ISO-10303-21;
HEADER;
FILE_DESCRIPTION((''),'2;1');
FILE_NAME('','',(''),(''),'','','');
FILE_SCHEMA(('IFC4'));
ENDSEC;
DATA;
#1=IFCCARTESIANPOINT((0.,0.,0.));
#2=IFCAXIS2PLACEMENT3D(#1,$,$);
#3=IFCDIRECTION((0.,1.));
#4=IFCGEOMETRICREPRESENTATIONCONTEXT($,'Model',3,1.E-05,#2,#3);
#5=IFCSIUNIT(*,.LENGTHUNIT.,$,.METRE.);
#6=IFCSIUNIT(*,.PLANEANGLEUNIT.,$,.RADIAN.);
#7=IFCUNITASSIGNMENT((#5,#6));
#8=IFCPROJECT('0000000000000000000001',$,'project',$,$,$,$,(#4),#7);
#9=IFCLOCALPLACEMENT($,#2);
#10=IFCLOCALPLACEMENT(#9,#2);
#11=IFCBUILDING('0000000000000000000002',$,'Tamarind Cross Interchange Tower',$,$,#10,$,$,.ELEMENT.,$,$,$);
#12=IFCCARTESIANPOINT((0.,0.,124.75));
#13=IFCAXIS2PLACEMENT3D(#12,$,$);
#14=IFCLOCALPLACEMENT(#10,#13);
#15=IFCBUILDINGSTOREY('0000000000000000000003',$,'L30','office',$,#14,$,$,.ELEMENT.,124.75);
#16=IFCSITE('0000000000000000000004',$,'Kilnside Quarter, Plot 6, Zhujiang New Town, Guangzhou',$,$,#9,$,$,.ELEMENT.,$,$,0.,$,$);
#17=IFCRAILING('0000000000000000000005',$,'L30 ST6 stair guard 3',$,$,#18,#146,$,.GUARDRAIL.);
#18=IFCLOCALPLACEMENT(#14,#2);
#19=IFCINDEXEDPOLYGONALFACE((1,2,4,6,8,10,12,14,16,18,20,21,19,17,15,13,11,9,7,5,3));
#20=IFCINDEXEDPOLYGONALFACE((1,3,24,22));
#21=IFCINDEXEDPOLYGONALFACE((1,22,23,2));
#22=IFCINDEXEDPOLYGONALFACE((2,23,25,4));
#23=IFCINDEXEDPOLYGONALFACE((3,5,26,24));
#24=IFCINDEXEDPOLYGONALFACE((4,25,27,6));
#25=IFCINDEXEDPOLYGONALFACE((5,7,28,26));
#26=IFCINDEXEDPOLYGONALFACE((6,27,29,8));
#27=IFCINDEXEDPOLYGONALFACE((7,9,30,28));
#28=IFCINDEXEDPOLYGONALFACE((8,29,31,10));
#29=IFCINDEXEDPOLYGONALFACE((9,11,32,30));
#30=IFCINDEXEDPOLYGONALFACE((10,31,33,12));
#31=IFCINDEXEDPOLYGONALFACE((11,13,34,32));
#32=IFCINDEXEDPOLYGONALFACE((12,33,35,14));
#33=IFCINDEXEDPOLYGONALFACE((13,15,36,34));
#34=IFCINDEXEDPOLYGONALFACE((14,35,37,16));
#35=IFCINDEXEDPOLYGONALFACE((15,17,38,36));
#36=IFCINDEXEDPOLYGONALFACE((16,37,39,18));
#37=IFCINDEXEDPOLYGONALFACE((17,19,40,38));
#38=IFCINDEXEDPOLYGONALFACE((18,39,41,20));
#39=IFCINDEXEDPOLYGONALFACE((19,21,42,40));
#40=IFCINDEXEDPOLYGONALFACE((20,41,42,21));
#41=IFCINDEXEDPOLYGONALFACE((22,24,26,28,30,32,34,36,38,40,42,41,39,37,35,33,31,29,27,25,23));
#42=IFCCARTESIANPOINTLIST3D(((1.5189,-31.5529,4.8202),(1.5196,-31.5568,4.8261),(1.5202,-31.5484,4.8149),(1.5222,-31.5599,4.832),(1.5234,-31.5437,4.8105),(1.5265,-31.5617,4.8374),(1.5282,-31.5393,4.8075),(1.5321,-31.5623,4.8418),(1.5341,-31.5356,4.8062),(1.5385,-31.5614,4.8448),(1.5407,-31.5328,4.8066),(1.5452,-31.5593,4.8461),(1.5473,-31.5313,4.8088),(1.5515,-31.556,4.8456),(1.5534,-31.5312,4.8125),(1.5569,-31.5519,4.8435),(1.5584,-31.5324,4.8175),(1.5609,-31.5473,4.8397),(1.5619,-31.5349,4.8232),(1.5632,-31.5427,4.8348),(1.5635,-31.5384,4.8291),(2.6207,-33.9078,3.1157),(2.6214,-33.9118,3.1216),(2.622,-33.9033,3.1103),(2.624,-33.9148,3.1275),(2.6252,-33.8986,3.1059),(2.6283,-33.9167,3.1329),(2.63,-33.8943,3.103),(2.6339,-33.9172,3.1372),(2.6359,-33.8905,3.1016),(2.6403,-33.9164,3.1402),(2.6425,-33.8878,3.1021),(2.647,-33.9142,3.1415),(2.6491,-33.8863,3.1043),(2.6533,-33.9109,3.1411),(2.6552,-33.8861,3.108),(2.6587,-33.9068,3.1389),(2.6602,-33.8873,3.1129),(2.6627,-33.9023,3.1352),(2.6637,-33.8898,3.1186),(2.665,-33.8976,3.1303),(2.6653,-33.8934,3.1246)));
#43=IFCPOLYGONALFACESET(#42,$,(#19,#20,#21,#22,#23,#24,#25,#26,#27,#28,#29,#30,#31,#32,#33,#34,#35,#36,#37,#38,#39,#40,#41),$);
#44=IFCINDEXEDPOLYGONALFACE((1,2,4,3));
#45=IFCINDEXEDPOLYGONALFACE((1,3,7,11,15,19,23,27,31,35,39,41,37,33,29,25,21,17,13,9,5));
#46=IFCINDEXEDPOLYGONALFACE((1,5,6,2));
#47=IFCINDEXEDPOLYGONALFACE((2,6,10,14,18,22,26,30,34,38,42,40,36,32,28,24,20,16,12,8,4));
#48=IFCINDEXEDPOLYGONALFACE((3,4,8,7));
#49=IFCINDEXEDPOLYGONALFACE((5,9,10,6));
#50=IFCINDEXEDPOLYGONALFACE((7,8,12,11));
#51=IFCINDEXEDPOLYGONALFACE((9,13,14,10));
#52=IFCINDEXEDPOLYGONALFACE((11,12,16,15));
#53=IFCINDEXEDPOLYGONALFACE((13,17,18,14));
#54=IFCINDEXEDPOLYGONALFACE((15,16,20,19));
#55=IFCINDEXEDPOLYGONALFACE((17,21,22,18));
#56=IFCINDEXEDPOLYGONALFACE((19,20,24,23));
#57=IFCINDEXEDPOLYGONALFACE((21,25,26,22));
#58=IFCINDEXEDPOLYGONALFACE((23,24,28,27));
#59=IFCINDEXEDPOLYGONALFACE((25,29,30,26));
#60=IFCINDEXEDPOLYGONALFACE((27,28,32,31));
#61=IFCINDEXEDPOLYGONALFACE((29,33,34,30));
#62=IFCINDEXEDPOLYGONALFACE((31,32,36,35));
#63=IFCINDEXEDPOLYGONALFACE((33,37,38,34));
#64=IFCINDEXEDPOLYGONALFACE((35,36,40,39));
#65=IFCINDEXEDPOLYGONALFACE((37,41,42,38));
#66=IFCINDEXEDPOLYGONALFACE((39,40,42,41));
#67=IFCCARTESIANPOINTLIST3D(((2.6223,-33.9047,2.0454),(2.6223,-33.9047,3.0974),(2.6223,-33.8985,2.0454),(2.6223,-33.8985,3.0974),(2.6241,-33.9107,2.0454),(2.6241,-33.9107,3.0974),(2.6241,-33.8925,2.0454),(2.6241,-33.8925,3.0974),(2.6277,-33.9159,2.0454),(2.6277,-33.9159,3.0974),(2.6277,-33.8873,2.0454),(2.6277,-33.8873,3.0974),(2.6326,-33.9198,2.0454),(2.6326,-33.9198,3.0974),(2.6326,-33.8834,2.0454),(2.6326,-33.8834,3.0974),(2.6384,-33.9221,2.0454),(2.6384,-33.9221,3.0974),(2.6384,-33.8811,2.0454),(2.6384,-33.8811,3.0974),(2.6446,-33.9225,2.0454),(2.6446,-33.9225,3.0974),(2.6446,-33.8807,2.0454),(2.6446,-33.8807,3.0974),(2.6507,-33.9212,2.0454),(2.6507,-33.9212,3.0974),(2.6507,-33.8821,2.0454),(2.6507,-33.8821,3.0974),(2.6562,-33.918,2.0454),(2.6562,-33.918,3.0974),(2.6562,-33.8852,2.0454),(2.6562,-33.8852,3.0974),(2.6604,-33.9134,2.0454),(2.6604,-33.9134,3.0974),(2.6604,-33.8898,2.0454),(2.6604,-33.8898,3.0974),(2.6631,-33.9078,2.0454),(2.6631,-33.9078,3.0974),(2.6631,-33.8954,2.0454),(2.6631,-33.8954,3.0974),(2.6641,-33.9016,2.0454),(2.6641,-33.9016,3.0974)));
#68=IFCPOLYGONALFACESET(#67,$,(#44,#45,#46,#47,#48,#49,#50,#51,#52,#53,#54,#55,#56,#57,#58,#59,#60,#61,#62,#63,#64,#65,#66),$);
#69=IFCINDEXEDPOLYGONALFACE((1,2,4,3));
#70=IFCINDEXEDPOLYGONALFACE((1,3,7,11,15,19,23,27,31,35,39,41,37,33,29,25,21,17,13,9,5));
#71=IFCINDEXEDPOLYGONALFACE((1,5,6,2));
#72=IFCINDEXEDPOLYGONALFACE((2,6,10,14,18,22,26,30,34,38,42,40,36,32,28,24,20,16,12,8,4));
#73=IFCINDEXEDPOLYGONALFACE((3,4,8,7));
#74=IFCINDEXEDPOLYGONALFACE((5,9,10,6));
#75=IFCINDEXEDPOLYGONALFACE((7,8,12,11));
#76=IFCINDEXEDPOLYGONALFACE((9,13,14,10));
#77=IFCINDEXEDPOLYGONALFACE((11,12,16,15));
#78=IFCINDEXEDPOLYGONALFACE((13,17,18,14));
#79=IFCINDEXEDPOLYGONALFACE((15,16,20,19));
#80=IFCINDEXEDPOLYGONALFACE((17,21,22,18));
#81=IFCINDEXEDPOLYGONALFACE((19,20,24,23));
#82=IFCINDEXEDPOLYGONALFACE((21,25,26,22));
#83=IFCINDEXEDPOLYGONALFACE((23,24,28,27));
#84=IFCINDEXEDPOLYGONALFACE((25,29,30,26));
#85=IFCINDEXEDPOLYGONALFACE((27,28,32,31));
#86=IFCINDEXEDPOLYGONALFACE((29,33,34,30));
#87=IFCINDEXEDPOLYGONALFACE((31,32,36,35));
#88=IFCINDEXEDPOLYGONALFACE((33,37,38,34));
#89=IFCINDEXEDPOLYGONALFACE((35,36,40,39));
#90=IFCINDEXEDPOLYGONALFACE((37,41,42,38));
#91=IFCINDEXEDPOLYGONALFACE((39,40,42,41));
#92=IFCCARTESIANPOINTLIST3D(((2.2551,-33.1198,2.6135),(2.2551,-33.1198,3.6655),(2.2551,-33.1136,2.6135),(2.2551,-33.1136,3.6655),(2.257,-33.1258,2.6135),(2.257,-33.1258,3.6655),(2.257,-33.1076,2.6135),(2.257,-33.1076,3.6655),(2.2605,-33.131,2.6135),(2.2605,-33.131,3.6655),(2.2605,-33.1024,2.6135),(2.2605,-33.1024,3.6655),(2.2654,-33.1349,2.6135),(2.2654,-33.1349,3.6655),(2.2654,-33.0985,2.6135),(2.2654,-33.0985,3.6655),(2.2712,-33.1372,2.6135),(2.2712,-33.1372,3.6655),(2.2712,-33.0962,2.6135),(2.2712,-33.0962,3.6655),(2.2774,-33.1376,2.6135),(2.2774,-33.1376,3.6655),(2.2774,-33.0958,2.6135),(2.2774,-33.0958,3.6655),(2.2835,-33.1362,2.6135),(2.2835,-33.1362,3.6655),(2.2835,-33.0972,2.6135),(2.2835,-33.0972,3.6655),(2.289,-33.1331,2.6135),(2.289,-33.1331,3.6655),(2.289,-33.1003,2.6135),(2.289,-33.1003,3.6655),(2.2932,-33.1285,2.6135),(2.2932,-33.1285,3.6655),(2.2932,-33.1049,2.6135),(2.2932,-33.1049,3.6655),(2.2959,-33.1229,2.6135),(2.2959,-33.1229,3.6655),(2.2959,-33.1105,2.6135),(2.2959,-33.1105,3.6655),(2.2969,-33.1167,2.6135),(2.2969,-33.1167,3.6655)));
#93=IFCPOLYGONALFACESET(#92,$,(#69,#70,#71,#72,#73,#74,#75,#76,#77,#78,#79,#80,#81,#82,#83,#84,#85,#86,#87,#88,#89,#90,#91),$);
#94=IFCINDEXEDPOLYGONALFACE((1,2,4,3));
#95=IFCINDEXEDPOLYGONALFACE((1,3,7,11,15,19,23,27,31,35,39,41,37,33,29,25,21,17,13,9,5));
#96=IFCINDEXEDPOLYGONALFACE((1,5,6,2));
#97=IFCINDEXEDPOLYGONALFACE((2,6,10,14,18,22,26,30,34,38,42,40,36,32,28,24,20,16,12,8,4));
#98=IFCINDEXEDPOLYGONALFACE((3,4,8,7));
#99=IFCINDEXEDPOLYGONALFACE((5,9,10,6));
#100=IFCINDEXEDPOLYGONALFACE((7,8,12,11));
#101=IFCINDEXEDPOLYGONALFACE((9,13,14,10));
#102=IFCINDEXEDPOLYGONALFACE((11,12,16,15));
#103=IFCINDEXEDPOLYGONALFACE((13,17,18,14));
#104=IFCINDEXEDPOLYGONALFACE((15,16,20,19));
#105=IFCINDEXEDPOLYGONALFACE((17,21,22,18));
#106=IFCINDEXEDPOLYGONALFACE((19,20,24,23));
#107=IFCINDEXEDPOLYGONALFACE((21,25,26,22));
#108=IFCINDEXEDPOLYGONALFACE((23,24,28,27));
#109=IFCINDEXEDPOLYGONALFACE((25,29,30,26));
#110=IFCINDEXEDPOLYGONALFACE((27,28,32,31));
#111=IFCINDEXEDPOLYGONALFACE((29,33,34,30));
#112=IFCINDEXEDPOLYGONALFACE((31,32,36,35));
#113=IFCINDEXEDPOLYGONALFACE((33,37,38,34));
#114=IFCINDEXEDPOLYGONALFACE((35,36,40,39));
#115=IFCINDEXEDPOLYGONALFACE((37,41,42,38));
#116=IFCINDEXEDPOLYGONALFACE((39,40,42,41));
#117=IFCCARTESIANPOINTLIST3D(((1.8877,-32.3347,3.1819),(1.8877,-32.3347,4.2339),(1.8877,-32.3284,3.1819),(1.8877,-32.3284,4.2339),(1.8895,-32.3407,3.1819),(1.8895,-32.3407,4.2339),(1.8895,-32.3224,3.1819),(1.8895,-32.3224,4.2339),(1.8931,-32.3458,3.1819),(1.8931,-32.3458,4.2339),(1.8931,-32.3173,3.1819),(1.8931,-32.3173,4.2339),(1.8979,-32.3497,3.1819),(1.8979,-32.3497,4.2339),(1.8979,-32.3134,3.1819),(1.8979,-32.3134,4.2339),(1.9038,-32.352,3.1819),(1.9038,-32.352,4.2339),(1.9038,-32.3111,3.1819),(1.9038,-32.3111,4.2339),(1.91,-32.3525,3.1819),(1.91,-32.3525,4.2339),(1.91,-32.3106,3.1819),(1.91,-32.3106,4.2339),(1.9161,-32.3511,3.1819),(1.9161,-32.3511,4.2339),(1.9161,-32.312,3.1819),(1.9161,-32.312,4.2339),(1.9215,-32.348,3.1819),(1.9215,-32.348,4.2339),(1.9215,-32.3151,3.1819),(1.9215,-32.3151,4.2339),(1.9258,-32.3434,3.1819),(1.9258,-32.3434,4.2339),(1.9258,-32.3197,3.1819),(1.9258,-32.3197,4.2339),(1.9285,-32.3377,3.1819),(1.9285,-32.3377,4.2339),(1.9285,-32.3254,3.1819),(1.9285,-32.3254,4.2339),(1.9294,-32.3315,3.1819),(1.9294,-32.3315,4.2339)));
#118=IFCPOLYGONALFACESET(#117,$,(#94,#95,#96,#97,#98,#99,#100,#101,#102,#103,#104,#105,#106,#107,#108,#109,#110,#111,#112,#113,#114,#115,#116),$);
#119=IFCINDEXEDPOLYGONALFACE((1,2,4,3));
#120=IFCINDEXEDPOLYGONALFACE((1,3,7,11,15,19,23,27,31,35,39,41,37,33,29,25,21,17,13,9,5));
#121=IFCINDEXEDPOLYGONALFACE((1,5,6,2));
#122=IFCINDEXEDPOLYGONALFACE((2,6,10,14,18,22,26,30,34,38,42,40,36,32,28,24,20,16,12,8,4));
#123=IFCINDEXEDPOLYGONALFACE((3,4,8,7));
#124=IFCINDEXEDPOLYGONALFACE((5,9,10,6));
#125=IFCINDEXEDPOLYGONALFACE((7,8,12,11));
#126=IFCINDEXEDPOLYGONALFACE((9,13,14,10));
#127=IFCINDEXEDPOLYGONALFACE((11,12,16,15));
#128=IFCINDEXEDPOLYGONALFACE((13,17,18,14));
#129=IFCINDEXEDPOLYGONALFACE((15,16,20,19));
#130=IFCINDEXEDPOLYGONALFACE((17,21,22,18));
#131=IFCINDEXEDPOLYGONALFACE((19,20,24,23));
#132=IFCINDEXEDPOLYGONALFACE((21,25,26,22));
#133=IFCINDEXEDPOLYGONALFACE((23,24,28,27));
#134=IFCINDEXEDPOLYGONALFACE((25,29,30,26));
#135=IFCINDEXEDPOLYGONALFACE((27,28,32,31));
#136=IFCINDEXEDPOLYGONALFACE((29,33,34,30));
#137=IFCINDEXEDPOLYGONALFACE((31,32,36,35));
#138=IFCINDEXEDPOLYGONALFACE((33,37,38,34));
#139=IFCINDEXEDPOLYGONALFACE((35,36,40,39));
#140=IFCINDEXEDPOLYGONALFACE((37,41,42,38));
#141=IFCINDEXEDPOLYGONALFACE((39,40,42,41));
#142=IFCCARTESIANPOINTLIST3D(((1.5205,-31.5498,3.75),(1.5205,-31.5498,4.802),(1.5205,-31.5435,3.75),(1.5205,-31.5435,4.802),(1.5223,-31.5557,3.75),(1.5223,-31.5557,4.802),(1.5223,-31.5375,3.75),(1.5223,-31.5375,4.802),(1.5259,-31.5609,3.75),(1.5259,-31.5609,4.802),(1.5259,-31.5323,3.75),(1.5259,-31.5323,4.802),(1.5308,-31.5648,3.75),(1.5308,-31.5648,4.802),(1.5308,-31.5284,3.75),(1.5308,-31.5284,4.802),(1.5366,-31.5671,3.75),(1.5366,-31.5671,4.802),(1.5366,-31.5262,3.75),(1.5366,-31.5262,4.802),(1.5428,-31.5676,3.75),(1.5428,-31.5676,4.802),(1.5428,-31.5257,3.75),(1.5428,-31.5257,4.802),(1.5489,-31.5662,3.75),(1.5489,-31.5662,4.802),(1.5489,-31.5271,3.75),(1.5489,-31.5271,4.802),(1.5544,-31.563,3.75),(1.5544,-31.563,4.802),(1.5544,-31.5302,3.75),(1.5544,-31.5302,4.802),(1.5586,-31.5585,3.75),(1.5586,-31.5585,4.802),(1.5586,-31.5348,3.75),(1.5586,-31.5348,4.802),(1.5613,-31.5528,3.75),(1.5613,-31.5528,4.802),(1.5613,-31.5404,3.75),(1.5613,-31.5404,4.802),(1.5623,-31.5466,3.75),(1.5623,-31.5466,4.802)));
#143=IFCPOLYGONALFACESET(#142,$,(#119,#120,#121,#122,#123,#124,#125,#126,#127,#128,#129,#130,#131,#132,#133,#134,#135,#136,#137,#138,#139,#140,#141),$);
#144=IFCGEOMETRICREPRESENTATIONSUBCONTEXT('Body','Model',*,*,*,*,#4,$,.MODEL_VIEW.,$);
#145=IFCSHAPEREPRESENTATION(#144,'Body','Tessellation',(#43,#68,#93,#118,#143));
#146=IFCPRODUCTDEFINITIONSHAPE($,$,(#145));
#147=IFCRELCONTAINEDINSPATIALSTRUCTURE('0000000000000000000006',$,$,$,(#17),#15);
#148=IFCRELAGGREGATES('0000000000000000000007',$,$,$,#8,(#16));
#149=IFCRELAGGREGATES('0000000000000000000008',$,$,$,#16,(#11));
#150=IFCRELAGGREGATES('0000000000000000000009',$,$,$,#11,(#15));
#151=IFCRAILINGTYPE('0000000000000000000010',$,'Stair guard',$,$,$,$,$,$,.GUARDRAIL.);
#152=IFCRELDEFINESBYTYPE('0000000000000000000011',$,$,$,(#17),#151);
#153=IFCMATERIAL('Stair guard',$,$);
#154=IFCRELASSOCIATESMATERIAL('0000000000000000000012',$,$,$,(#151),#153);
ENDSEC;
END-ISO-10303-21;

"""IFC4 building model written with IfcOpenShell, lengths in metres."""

from ifc_helpers import new_model, si_unit, direction, frame, origin, origin_2d, place, context, subcontext, project, spatial, circle, extrude, material, type_object, element, save


model = new_model("IFC4")

# Units and contexts
model_context = context("Model", 3, precision=1e-05, world=origin(), true_north=direction((0.0, 1.0)))
body_context = subcontext(model_context, "Body", "Model", "MODEL_VIEW")
ifc_project = project(units=[si_unit("LENGTHUNIT", "METRE"), si_unit("PLANEANGLEUNIT", "RADIAN")], contexts=[model_context])

# Site, building, storey
site_placement = place(None, origin())
site = spatial("IfcSite", under=ifc_project, at=site_placement, Name="Kilnside Quarter, Plot 6, Zhujiang New Town, Guangzhou", CompositionType="ELEMENT", RefElevation=0.0)
building_placement = place(site_placement, origin())
building = spatial("IfcBuilding", under=site, at=building_placement, Name="Tamarind Cross Interchange Tower", CompositionType="ELEMENT")
storey_placement = place(building_placement, frame((0.0, 0.0, 124.75)))
storey = spatial("IfcBuildingStorey", under=building, at=storey_placement, Name="L30", Description="office", CompositionType="ELEMENT", Elevation=124.75)

# Railing
ifc_material_1 = material(Name="Stair guard")
railing_type_1 = type_object("IfcRailingType", Name="Stair guard", PredefinedType="GUARDRAIL", material=ifc_material_1)
railing_1_placement = place(storey_placement, frame((2.6431, -33.9016, 2.0454)))
element("IfcRailing", 1, at=railing_1_placement, inside=storey, type_object=railing_type_1, Name="L30 ST6 stair guard 3", PredefinedType="GUARDRAIL", context=body_context, shape_type="SweptSolid", body=[
    extrude(circle(Radius=0.0239, at=origin_2d()), frame((0.0, 0.0, 1.0762), z_axis=(-0.354399, 0.757485, 0.548286), x_axis=(-0.905768, -0.423775, 0.0)), (0.0, 0.0, 1.0), 3.1089),
    extrude(circle(Radius=0.021, at=origin_2d()), origin(), (0.0, 0.0, 1.0), 1.052),
    extrude(circle(Radius=0.021, at=origin_2d()), frame((-0.3672, 0.7849, 0.5681)), (0.0, 0.0, 1.0), 1.052),
    extrude(circle(Radius=0.021, at=origin_2d()), frame((-0.7346, 1.5701, 1.1365)), (0.0, 0.0, 1.0), 1.052),
    extrude(circle(Radius=0.021, at=origin_2d()), frame((-1.1018, 2.355, 1.7046)), (0.0, 0.0, 1.0), 1.052),
])

save(model, "model.ifc")
